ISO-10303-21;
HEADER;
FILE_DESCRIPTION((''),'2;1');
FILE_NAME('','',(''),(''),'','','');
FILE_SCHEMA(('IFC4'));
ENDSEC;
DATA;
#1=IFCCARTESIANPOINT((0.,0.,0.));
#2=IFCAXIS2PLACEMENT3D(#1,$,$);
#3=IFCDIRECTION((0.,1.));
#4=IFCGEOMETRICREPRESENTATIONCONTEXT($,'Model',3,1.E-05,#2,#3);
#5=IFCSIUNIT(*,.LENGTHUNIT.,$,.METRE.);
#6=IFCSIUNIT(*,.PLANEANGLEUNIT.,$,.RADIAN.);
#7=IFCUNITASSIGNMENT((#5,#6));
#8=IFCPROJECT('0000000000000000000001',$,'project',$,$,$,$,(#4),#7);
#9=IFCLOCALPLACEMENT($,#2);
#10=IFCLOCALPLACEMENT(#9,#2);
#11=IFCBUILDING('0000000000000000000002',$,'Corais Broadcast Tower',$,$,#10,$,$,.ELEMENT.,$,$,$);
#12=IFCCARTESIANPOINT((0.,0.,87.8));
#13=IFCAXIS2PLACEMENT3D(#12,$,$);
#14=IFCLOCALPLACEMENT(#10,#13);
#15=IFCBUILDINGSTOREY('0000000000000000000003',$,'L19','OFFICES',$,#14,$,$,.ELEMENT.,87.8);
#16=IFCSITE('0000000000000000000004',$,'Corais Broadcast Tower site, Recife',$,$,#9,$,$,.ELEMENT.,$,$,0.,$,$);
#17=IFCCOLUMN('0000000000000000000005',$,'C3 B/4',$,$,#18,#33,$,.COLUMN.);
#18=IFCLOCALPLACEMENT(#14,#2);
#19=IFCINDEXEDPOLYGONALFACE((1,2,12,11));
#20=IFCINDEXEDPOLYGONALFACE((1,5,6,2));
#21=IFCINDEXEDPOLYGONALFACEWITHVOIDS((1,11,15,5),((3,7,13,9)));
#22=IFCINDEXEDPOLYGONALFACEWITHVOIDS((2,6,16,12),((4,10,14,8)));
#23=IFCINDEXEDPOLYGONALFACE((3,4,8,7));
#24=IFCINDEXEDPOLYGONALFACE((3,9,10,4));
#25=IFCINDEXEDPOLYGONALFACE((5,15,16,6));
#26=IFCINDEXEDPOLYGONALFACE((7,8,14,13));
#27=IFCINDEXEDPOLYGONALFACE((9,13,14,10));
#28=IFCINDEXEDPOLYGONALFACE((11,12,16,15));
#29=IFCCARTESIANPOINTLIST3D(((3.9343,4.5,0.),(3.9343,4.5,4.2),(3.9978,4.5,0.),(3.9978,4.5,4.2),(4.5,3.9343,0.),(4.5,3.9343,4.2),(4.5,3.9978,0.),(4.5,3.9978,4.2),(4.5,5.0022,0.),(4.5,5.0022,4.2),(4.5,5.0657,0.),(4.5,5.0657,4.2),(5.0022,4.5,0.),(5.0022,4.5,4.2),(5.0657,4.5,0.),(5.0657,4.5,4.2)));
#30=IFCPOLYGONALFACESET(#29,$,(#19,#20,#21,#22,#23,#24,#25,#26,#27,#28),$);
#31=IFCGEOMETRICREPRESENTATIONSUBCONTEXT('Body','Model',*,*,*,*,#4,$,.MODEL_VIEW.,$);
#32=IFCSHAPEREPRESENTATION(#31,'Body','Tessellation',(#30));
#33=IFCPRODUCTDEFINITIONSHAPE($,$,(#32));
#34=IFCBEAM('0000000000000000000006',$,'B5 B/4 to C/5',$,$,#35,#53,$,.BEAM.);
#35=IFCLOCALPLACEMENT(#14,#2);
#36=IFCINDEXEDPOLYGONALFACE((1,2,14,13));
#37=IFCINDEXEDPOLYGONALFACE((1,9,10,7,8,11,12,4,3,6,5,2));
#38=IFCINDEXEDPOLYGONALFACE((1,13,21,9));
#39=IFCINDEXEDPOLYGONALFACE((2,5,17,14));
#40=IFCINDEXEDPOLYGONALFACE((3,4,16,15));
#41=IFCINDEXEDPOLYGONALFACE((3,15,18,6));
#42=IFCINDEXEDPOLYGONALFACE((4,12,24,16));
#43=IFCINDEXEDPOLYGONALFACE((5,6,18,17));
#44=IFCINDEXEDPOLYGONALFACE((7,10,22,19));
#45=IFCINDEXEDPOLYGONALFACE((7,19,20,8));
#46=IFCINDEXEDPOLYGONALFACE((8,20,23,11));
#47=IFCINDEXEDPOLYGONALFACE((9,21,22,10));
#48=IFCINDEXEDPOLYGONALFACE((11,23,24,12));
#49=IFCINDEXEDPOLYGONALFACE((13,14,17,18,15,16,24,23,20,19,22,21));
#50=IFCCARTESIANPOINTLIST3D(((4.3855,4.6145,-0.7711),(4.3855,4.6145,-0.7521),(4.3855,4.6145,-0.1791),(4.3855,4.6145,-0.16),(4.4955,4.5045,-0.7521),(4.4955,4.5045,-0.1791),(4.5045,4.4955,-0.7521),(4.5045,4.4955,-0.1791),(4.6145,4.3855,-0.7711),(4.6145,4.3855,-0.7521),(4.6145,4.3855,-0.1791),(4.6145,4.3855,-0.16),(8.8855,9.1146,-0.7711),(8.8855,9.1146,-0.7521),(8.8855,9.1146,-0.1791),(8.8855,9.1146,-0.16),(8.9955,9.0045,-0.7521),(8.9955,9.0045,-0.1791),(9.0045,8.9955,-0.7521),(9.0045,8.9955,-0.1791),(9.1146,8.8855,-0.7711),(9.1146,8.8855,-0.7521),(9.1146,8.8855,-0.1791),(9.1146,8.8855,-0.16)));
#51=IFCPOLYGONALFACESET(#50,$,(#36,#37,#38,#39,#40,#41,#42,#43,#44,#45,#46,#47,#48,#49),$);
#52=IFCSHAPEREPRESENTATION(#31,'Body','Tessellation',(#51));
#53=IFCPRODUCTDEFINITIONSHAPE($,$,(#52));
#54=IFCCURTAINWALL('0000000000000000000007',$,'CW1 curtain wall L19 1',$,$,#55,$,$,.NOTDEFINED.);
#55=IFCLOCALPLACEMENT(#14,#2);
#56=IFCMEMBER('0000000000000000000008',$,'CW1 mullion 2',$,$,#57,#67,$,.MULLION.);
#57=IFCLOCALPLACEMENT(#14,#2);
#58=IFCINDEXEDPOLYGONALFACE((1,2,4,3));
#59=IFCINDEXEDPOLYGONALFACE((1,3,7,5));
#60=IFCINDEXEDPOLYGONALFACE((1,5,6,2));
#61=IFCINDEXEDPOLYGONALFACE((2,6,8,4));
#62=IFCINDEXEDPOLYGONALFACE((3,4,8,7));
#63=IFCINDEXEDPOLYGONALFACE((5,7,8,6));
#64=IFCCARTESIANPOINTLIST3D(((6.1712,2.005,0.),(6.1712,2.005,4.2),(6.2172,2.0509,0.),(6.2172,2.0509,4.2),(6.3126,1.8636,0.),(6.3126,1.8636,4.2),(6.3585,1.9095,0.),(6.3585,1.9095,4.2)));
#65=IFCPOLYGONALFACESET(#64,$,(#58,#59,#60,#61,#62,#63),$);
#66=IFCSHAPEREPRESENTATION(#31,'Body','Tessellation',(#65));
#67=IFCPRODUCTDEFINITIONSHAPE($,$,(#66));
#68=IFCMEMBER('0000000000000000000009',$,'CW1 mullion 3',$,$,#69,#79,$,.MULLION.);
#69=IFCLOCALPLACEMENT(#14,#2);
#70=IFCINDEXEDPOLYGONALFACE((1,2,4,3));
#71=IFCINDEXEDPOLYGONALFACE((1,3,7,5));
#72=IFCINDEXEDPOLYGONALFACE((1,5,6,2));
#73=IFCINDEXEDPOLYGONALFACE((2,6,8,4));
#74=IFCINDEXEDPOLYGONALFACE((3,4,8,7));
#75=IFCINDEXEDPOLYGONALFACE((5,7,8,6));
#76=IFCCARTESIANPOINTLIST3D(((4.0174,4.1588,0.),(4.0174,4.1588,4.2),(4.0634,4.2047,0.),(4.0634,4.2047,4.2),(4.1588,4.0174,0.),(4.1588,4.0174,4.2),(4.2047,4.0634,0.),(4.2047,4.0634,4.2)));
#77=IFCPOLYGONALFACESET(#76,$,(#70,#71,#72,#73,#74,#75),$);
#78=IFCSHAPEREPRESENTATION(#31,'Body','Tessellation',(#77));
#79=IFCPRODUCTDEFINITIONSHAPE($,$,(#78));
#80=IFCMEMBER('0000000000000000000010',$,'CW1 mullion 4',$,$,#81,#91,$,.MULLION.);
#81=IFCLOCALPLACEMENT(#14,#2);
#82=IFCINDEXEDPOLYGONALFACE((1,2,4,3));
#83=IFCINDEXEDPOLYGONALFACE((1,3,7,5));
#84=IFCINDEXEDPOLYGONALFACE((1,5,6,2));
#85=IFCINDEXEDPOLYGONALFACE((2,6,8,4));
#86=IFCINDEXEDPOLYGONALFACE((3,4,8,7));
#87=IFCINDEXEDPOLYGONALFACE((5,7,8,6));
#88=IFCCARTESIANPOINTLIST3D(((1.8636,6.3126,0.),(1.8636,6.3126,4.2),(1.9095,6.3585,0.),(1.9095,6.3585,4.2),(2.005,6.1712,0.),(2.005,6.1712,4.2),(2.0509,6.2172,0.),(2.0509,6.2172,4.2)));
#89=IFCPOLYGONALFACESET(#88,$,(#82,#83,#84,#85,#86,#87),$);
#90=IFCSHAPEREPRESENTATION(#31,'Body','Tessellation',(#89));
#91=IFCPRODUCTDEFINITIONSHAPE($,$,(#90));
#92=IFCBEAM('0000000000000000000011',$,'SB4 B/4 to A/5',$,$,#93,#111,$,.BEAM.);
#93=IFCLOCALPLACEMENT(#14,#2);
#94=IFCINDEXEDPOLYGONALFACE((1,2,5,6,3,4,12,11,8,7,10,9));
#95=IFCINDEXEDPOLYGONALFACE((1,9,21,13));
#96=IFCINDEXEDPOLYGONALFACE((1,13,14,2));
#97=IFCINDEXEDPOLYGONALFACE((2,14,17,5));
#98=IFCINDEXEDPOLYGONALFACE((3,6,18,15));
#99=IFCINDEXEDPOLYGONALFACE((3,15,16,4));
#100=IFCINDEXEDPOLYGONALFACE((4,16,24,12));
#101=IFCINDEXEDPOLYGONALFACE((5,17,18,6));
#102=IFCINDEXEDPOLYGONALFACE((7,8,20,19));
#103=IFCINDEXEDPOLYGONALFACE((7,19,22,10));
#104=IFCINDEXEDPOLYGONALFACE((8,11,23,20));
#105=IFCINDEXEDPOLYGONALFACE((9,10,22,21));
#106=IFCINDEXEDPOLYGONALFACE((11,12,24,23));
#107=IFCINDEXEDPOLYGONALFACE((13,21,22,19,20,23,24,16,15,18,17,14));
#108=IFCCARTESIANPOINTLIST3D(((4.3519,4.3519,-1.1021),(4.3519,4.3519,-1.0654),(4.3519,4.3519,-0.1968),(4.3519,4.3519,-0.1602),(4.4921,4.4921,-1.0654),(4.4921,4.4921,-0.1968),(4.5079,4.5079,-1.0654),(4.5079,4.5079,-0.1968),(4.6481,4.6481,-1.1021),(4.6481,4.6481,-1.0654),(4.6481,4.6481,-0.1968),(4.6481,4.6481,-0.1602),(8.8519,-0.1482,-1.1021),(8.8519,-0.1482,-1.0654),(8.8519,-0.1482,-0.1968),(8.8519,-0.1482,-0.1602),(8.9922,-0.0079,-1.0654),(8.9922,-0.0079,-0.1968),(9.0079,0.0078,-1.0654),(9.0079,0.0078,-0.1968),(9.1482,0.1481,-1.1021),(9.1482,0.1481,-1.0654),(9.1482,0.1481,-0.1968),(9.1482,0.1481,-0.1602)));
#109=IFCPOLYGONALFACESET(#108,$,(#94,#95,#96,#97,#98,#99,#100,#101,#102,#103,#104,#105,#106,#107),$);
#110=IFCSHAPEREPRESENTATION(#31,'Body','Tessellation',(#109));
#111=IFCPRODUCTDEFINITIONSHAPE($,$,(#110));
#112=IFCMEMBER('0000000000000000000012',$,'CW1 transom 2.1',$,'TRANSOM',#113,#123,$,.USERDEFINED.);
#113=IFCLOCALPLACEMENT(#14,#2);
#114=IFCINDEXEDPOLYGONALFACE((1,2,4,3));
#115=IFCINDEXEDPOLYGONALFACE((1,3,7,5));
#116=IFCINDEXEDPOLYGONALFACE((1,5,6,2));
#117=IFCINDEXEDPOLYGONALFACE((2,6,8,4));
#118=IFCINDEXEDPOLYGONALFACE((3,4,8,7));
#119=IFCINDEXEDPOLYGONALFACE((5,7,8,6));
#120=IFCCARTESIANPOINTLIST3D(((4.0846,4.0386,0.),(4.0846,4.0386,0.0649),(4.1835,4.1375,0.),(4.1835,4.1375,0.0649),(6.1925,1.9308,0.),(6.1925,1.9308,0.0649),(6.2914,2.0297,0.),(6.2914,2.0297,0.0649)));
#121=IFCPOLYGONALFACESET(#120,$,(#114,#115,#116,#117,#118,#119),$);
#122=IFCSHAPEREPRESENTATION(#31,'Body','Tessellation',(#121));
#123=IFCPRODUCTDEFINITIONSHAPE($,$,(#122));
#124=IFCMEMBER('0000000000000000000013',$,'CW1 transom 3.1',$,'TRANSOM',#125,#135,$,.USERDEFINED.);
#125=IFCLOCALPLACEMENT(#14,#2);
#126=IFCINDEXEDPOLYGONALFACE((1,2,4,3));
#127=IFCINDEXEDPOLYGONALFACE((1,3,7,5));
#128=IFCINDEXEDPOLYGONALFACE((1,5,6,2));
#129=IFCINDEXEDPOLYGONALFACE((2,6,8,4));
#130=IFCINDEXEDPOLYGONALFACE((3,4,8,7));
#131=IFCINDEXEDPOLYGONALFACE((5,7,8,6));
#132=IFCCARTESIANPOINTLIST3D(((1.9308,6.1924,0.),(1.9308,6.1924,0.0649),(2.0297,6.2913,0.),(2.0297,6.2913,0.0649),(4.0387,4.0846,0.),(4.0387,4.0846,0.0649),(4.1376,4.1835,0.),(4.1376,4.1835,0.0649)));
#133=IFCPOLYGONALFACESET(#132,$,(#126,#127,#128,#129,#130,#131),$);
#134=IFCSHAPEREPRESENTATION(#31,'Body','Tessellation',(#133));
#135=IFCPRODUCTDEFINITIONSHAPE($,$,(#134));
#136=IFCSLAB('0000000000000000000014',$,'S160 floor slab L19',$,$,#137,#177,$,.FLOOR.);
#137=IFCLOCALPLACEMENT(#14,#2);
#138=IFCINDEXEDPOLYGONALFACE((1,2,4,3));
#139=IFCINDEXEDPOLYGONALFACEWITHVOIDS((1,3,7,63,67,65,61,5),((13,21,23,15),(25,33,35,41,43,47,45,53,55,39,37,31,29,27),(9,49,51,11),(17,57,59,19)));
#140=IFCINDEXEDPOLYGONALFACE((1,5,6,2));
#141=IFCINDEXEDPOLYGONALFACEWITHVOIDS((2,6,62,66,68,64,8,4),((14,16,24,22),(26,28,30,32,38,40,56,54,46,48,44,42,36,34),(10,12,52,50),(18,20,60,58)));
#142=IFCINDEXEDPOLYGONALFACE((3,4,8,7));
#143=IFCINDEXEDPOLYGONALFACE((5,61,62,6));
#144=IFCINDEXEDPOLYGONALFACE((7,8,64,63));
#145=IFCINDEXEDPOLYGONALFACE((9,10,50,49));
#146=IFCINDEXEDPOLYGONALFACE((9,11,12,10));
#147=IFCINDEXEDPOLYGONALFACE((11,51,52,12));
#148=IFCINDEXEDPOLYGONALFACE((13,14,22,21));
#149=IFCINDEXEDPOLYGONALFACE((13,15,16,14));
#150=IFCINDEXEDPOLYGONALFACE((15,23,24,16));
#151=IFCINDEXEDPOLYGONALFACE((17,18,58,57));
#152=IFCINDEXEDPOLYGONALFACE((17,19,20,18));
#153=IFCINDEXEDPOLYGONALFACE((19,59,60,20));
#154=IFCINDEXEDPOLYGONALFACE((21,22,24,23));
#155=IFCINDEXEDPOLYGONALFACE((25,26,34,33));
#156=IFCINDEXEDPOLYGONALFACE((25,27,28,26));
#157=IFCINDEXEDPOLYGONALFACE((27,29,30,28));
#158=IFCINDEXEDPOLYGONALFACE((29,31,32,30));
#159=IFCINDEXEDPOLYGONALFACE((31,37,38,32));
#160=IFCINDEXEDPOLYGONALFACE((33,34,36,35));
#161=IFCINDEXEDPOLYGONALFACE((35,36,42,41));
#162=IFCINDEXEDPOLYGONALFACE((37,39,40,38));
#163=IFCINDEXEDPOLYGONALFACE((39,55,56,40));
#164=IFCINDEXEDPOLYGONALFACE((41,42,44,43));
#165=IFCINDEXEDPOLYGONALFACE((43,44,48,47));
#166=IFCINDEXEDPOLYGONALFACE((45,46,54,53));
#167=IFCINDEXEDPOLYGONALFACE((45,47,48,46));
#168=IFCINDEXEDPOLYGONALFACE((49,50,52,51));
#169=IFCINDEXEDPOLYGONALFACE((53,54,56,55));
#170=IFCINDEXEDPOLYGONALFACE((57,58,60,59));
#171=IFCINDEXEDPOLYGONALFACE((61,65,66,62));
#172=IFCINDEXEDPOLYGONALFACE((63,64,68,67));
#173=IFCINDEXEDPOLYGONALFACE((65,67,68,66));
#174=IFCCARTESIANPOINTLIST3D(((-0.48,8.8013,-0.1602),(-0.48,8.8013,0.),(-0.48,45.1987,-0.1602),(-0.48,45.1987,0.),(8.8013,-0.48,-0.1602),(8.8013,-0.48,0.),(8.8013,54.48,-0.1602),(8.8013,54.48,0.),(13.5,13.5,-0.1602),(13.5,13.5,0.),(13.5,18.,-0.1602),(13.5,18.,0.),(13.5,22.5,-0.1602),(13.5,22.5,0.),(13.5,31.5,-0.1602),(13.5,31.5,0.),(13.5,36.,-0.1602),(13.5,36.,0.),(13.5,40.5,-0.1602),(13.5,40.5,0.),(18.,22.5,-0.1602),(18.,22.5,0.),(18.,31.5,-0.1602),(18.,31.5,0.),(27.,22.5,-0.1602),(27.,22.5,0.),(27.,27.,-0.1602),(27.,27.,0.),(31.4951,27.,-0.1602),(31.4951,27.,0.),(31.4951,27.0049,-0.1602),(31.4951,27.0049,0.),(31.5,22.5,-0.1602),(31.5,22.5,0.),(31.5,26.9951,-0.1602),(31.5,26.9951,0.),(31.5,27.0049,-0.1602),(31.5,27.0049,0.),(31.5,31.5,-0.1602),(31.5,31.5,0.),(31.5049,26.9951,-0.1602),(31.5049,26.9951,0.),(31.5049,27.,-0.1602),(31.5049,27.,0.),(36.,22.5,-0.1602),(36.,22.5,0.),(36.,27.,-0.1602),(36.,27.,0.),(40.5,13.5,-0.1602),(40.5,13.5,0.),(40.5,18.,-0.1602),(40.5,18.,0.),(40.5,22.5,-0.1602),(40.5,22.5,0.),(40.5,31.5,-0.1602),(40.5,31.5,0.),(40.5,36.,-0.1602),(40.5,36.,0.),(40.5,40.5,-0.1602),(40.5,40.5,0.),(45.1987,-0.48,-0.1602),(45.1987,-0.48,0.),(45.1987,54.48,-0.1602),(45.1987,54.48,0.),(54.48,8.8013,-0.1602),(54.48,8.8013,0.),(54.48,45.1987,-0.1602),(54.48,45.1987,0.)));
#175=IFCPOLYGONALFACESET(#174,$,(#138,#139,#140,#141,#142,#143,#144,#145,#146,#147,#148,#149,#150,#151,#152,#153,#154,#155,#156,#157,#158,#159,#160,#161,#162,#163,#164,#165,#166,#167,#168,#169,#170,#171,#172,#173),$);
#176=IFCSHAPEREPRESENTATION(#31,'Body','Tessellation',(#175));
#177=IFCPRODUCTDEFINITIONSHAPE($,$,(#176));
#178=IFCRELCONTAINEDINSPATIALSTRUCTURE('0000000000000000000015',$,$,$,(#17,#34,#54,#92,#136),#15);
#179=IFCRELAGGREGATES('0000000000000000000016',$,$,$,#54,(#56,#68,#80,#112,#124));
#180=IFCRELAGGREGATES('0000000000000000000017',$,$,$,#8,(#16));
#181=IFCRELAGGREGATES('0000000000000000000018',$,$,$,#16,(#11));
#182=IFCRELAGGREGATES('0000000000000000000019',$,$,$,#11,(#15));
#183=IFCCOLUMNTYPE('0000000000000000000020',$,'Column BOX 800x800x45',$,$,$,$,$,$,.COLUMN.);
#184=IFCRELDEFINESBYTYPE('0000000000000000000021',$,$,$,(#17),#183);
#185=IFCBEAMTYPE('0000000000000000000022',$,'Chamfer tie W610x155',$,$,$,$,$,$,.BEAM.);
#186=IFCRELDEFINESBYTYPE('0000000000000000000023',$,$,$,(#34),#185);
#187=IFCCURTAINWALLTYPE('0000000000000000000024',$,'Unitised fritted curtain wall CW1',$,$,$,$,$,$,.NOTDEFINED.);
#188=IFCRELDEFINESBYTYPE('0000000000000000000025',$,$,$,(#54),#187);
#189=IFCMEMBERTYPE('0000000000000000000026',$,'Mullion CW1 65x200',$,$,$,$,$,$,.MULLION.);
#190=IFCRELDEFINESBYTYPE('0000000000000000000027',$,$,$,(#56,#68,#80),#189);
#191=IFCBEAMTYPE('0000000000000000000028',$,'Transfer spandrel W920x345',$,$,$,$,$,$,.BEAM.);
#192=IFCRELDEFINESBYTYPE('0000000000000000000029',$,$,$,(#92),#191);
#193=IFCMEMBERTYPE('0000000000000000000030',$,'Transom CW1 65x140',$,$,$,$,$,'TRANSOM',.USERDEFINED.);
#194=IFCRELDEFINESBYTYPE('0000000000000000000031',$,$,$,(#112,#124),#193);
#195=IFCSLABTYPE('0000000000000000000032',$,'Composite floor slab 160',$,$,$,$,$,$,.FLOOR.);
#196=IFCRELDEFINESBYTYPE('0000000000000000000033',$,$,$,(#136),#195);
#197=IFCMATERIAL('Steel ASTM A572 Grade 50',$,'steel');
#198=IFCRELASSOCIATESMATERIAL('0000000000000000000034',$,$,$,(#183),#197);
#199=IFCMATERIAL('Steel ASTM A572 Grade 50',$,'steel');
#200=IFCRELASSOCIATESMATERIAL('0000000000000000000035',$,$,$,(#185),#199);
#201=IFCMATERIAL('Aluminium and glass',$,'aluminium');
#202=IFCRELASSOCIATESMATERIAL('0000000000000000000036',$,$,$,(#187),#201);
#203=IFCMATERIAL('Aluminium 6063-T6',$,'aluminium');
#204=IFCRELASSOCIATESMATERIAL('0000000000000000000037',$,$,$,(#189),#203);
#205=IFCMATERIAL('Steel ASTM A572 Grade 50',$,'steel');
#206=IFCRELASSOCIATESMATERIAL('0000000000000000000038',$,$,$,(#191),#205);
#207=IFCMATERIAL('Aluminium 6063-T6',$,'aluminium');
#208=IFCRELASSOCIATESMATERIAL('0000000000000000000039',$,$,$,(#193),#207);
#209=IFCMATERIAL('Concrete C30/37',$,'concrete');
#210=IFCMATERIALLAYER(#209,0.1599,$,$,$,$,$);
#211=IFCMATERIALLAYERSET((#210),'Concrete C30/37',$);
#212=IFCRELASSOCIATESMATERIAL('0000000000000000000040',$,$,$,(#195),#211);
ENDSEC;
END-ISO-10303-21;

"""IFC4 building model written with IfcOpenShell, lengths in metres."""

from ifc_helpers import new_model, si_unit, direction, frame, origin, origin_2d, place, context, subcontext, project, spatial, polyline, rectangle, hollow_rectangle, i_section, outline, extrude, material, layer, layer_set, material_profile, profile_set, type_object, element, aggregate, save


model = new_model("IFC4")

# Units and contexts
model_context = context("Model", 3, precision=1e-05, world=origin(), true_north=direction((0.0, 1.0)))
body_context = subcontext(model_context, "Body", "Model", "MODEL_VIEW")
ifc_project = project(units=[si_unit("LENGTHUNIT", "METRE"), si_unit("PLANEANGLEUNIT", "RADIAN")], contexts=[model_context])

# Site, building, storey
site_placement = place(None, origin())
site = spatial("IfcSite", under=ifc_project, at=site_placement, Name="Corais Broadcast Tower site, Recife", CompositionType="ELEMENT", RefElevation=0.0)
building_placement = place(site_placement, origin())
building = spatial("IfcBuilding", under=site, at=building_placement, Name="Corais Broadcast Tower", CompositionType="ELEMENT")
storey_placement = place(building_placement, frame((0.0, 0.0, 87.8)))
storey = spatial("IfcBuildingStorey", under=building, at=storey_placement, Name="L19", Description="OFFICES", CompositionType="ELEMENT", Elevation=87.8)

# Column
ifc_material_1 = material(Name="Steel ASTM A572 Grade 50", Category="steel")
ifc_material_profile_1 = material_profile(ifc_material_1, hollow_rectangle(XDim=0.8, YDim=0.8, WallThickness=0.0449, at=origin_2d()), Name="BOX 800x800x45")
ifc_profile_set_1 = profile_set([ifc_material_profile_1], Name="Steel ASTM A572 Grade 50")
column_type = type_object("IfcColumnType", Name="Column BOX 800x800x45", PredefinedType="COLUMN", material=ifc_profile_set_1)
column_placement = place(storey_placement, frame((4.5, 4.5, 0.0), z_axis=(0.0, 0.0, 1.0), x_axis=(0.707107, 0.707107, 0.0)))
element("IfcColumn", 1, at=column_placement, inside=storey, type_object=column_type, Name="C3 B/4", PredefinedType="COLUMN", context=body_context, shape_type="SweptSolid", body=[
    extrude(hollow_rectangle(XDim=0.8, YDim=0.8, WallThickness=0.0449, at=origin_2d()), origin(), (0.0, 0.0, 1.0), 4.2),
])

# Beam
ifc_material_2 = material(Name="Steel ASTM A572 Grade 50", Category="steel")
ifc_material_profile_2 = material_profile(ifc_material_2, i_section(OverallWidth=0.324, OverallDepth=0.6111, WebThickness=0.0127, FlangeThickness=0.019, at=origin_2d()), Name="W610x155")
ifc_profile_set_2 = profile_set([ifc_material_profile_2], Name="Steel ASTM A572 Grade 50")
beam_type_1 = type_object("IfcBeamType", Name="Chamfer tie W610x155", PredefinedType="BEAM", material=ifc_profile_set_2)
beam_1_placement = place(storey_placement, frame((4.5, 4.5, -0.4656), z_axis=(0.707107, 0.707107, 0.0), x_axis=(-0.707107, 0.707107, 0.0)))
element("IfcBeam", 2, at=beam_1_placement, inside=storey, type_object=beam_type_1, Name="B5 B/4 to C/5", PredefinedType="BEAM", context=body_context, shape_type="SweptSolid", body=[
    extrude(i_section(OverallWidth=0.324, OverallDepth=0.6111, WebThickness=0.0127, FlangeThickness=0.019, at=origin_2d()), origin(), (0.0, 0.0, 1.0), 6.364),
])

# Curtain wall, members
ifc_material_3 = material(Name="Aluminium and glass", Category="aluminium")
curtain_wall_type = type_object("IfcCurtainWallType", Name="Unitised fritted curtain wall CW1", PredefinedType="NOTDEFINED", material=ifc_material_3)
curtain_wall_placement = place(storey_placement, origin())
curtain_wall = element("IfcCurtainWall", 3, at=curtain_wall_placement, inside=storey, type_object=curtain_wall_type, Name="CW1 curtain wall L19 1", PredefinedType="NOTDEFINED")
ifc_material_4 = material(Name="Aluminium 6063-T6", Category="aluminium")
ifc_material_profile_3 = material_profile(ifc_material_4, rectangle(XDim=0.0649, YDim=0.2, at=origin_2d()), Name="Mullion CW1 65x200")
ifc_profile_set_3 = profile_set([ifc_material_profile_3], Name="Aluminium 6063-T6")
member_type_1 = type_object("IfcMemberType", Name="Mullion CW1 65x200", PredefinedType="MULLION", material=ifc_profile_set_3)
member_1_placement = place(storey_placement, frame((6.2649, 1.9573, 0.0), z_axis=(0.0, 0.0, 1.0), x_axis=(-0.707107, -0.707107, 0.0)))
member_1 = element("IfcMember", 4, at=member_1_placement, type_object=member_type_1, Name="CW1 mullion 2", PredefinedType="MULLION", context=body_context, shape_type="SweptSolid", body=[
    extrude(rectangle(XDim=0.0649, YDim=0.2, at=origin_2d()), origin(), (0.0, 0.0, 1.0), 4.2),
])
member_2_placement = place(storey_placement, frame((4.1111, 4.1111, 0.0), z_axis=(0.0, 0.0, 1.0), x_axis=(-0.707107, -0.707107, 0.0)))
member_2 = element("IfcMember", 5, at=member_2_placement, type_object=member_type_1, Name="CW1 mullion 3", PredefinedType="MULLION", context=body_context, shape_type="SweptSolid", body=[
    extrude(rectangle(XDim=0.0649, YDim=0.2, at=origin_2d()), origin(), (0.0, 0.0, 1.0), 4.2),
])
member_3_placement = place(storey_placement, frame((1.9573, 6.2649, 0.0), z_axis=(0.0, 0.0, 1.0), x_axis=(-0.707107, -0.707107, 0.0)))
member_3 = element("IfcMember", 6, at=member_3_placement, type_object=member_type_1, Name="CW1 mullion 4", PredefinedType="MULLION", context=body_context, shape_type="SweptSolid", body=[
    extrude(rectangle(XDim=0.0649, YDim=0.2, at=origin_2d()), origin(), (0.0, 0.0, 1.0), 4.2),
])

# Beam
ifc_material_5 = material(Name="Steel ASTM A572 Grade 50", Category="steel")
ifc_material_profile_4 = material_profile(ifc_material_5, i_section(OverallWidth=0.4189, OverallDepth=0.9419, WebThickness=0.0222, FlangeThickness=0.0366, at=origin_2d()), Name="W920x345")
ifc_profile_set_4 = profile_set([ifc_material_profile_4], Name="Steel ASTM A572 Grade 50")
beam_type_2 = type_object("IfcBeamType", Name="Transfer spandrel W920x345", PredefinedType="BEAM", material=ifc_profile_set_4)
beam_2_placement = place(storey_placement, frame((4.5, 4.5, -0.6311), z_axis=(0.707107, -0.707107, 0.0), x_axis=(0.707107, 0.707107, 0.0)))
element("IfcBeam", 7, at=beam_2_placement, inside=storey, type_object=beam_type_2, Name="SB4 B/4 to A/5", PredefinedType="BEAM", context=body_context, shape_type="SweptSolid", body=[
    extrude(i_section(OverallWidth=0.4189, OverallDepth=0.9419, WebThickness=0.0222, FlangeThickness=0.0366, at=origin_2d()), origin(), (0.0, 0.0, 1.0), 6.364),
])

# Members
ifc_material_6 = material(Name="Aluminium 6063-T6", Category="aluminium")
ifc_material_profile_5 = material_profile(ifc_material_6, rectangle(XDim=0.1399, YDim=0.0649, at=origin_2d()), Name="Transom CW1 65x140")
ifc_profile_set_5 = profile_set([ifc_material_profile_5], Name="Aluminium 6063-T6")
member_type_2 = type_object("IfcMemberType", Name="Transom CW1 65x140", ElementType="TRANSOM", PredefinedType="USERDEFINED", material=ifc_profile_set_5)
member_4_placement = place(storey_placement, frame((6.2419, 1.9802, 0.0325), z_axis=(-0.707107, 0.707107, 0.0), x_axis=(-0.707107, -0.707107, 0.0)))
member_4 = element("IfcMember", 8, at=member_4_placement, type_object=member_type_2, Name="CW1 transom 2.1", ObjectType="TRANSOM", PredefinedType="USERDEFINED", context=body_context, shape_type="SweptSolid", body=[
    extrude(rectangle(XDim=0.1399, YDim=0.0649, at=origin_2d()), origin(), (0.0, 0.0, 1.0), 2.981),
])
member_5_placement = place(storey_placement, frame((4.0881, 4.134, 0.0325), z_axis=(-0.707107, 0.707107, 0.0), x_axis=(-0.707107, -0.707107, 0.0)))
member_5 = element("IfcMember", 9, at=member_5_placement, type_object=member_type_2, Name="CW1 transom 3.1", ObjectType="TRANSOM", PredefinedType="USERDEFINED", context=body_context, shape_type="SweptSolid", body=[
    extrude(rectangle(XDim=0.1399, YDim=0.0649, at=origin_2d()), origin(), (0.0, 0.0, 1.0), 2.981),
])

# Slab
ifc_material_7 = material(Name="Concrete C30/37", Category="concrete")
ifc_layer_1 = layer(ifc_material_7, 0.1599)
ifc_layer_set_1 = layer_set([ifc_layer_1], Name="Concrete C30/37")
slab_type_1 = type_object("IfcSlabType", Name="Composite floor slab 160", PredefinedType="FLOOR", material=ifc_layer_set_1)
slab_1_placement = place(storey_placement, frame((0.0, 0.0, -0.1602)))
element("IfcSlab", 10, at=slab_1_placement, inside=storey, type_object=slab_type_1, Name="S160 floor slab L19", PredefinedType="FLOOR", context=body_context, shape_type="SweptSolid", body=[
    extrude(outline(polyline([(8.8013, -0.48), (-0.48, 8.8013), (-0.48, 45.1987), (8.8013, 54.48), (45.1987, 54.48), (54.48, 45.1987), (54.48, 8.8013), (45.1987, -0.48), (8.8013, -0.48)]), holes=[polyline([(13.5, 18.0), (40.5, 18.0), (40.5, 13.5), (13.5, 13.5), (13.5, 18.0)]), polyline([(13.5, 22.5), (13.5, 31.5), (18.0, 31.5), (18.0, 22.5), (13.5, 22.5)]), polyline([(13.5, 40.5), (40.5, 40.5), (40.5, 36.0), (13.5, 36.0), (13.5, 40.5)]), polyline([(27.0, 22.5), (27.0, 27.0), (31.4951, 27.0), (31.4951, 27.0049), (31.5, 27.0049), (31.5, 31.5), (40.5, 31.5), (40.5, 22.5), (36.0, 22.5), (36.0, 27.0), (31.5049, 27.0), (31.5049, 26.9951), (31.5, 26.9951), (31.5, 22.5), (27.0, 22.5)])]), origin(), (0.0, 0.0, 1.0), 0.1602),
])

aggregate(curtain_wall, [member_1, member_2, member_3, member_4, member_5])

save(model, "model.ifc")
